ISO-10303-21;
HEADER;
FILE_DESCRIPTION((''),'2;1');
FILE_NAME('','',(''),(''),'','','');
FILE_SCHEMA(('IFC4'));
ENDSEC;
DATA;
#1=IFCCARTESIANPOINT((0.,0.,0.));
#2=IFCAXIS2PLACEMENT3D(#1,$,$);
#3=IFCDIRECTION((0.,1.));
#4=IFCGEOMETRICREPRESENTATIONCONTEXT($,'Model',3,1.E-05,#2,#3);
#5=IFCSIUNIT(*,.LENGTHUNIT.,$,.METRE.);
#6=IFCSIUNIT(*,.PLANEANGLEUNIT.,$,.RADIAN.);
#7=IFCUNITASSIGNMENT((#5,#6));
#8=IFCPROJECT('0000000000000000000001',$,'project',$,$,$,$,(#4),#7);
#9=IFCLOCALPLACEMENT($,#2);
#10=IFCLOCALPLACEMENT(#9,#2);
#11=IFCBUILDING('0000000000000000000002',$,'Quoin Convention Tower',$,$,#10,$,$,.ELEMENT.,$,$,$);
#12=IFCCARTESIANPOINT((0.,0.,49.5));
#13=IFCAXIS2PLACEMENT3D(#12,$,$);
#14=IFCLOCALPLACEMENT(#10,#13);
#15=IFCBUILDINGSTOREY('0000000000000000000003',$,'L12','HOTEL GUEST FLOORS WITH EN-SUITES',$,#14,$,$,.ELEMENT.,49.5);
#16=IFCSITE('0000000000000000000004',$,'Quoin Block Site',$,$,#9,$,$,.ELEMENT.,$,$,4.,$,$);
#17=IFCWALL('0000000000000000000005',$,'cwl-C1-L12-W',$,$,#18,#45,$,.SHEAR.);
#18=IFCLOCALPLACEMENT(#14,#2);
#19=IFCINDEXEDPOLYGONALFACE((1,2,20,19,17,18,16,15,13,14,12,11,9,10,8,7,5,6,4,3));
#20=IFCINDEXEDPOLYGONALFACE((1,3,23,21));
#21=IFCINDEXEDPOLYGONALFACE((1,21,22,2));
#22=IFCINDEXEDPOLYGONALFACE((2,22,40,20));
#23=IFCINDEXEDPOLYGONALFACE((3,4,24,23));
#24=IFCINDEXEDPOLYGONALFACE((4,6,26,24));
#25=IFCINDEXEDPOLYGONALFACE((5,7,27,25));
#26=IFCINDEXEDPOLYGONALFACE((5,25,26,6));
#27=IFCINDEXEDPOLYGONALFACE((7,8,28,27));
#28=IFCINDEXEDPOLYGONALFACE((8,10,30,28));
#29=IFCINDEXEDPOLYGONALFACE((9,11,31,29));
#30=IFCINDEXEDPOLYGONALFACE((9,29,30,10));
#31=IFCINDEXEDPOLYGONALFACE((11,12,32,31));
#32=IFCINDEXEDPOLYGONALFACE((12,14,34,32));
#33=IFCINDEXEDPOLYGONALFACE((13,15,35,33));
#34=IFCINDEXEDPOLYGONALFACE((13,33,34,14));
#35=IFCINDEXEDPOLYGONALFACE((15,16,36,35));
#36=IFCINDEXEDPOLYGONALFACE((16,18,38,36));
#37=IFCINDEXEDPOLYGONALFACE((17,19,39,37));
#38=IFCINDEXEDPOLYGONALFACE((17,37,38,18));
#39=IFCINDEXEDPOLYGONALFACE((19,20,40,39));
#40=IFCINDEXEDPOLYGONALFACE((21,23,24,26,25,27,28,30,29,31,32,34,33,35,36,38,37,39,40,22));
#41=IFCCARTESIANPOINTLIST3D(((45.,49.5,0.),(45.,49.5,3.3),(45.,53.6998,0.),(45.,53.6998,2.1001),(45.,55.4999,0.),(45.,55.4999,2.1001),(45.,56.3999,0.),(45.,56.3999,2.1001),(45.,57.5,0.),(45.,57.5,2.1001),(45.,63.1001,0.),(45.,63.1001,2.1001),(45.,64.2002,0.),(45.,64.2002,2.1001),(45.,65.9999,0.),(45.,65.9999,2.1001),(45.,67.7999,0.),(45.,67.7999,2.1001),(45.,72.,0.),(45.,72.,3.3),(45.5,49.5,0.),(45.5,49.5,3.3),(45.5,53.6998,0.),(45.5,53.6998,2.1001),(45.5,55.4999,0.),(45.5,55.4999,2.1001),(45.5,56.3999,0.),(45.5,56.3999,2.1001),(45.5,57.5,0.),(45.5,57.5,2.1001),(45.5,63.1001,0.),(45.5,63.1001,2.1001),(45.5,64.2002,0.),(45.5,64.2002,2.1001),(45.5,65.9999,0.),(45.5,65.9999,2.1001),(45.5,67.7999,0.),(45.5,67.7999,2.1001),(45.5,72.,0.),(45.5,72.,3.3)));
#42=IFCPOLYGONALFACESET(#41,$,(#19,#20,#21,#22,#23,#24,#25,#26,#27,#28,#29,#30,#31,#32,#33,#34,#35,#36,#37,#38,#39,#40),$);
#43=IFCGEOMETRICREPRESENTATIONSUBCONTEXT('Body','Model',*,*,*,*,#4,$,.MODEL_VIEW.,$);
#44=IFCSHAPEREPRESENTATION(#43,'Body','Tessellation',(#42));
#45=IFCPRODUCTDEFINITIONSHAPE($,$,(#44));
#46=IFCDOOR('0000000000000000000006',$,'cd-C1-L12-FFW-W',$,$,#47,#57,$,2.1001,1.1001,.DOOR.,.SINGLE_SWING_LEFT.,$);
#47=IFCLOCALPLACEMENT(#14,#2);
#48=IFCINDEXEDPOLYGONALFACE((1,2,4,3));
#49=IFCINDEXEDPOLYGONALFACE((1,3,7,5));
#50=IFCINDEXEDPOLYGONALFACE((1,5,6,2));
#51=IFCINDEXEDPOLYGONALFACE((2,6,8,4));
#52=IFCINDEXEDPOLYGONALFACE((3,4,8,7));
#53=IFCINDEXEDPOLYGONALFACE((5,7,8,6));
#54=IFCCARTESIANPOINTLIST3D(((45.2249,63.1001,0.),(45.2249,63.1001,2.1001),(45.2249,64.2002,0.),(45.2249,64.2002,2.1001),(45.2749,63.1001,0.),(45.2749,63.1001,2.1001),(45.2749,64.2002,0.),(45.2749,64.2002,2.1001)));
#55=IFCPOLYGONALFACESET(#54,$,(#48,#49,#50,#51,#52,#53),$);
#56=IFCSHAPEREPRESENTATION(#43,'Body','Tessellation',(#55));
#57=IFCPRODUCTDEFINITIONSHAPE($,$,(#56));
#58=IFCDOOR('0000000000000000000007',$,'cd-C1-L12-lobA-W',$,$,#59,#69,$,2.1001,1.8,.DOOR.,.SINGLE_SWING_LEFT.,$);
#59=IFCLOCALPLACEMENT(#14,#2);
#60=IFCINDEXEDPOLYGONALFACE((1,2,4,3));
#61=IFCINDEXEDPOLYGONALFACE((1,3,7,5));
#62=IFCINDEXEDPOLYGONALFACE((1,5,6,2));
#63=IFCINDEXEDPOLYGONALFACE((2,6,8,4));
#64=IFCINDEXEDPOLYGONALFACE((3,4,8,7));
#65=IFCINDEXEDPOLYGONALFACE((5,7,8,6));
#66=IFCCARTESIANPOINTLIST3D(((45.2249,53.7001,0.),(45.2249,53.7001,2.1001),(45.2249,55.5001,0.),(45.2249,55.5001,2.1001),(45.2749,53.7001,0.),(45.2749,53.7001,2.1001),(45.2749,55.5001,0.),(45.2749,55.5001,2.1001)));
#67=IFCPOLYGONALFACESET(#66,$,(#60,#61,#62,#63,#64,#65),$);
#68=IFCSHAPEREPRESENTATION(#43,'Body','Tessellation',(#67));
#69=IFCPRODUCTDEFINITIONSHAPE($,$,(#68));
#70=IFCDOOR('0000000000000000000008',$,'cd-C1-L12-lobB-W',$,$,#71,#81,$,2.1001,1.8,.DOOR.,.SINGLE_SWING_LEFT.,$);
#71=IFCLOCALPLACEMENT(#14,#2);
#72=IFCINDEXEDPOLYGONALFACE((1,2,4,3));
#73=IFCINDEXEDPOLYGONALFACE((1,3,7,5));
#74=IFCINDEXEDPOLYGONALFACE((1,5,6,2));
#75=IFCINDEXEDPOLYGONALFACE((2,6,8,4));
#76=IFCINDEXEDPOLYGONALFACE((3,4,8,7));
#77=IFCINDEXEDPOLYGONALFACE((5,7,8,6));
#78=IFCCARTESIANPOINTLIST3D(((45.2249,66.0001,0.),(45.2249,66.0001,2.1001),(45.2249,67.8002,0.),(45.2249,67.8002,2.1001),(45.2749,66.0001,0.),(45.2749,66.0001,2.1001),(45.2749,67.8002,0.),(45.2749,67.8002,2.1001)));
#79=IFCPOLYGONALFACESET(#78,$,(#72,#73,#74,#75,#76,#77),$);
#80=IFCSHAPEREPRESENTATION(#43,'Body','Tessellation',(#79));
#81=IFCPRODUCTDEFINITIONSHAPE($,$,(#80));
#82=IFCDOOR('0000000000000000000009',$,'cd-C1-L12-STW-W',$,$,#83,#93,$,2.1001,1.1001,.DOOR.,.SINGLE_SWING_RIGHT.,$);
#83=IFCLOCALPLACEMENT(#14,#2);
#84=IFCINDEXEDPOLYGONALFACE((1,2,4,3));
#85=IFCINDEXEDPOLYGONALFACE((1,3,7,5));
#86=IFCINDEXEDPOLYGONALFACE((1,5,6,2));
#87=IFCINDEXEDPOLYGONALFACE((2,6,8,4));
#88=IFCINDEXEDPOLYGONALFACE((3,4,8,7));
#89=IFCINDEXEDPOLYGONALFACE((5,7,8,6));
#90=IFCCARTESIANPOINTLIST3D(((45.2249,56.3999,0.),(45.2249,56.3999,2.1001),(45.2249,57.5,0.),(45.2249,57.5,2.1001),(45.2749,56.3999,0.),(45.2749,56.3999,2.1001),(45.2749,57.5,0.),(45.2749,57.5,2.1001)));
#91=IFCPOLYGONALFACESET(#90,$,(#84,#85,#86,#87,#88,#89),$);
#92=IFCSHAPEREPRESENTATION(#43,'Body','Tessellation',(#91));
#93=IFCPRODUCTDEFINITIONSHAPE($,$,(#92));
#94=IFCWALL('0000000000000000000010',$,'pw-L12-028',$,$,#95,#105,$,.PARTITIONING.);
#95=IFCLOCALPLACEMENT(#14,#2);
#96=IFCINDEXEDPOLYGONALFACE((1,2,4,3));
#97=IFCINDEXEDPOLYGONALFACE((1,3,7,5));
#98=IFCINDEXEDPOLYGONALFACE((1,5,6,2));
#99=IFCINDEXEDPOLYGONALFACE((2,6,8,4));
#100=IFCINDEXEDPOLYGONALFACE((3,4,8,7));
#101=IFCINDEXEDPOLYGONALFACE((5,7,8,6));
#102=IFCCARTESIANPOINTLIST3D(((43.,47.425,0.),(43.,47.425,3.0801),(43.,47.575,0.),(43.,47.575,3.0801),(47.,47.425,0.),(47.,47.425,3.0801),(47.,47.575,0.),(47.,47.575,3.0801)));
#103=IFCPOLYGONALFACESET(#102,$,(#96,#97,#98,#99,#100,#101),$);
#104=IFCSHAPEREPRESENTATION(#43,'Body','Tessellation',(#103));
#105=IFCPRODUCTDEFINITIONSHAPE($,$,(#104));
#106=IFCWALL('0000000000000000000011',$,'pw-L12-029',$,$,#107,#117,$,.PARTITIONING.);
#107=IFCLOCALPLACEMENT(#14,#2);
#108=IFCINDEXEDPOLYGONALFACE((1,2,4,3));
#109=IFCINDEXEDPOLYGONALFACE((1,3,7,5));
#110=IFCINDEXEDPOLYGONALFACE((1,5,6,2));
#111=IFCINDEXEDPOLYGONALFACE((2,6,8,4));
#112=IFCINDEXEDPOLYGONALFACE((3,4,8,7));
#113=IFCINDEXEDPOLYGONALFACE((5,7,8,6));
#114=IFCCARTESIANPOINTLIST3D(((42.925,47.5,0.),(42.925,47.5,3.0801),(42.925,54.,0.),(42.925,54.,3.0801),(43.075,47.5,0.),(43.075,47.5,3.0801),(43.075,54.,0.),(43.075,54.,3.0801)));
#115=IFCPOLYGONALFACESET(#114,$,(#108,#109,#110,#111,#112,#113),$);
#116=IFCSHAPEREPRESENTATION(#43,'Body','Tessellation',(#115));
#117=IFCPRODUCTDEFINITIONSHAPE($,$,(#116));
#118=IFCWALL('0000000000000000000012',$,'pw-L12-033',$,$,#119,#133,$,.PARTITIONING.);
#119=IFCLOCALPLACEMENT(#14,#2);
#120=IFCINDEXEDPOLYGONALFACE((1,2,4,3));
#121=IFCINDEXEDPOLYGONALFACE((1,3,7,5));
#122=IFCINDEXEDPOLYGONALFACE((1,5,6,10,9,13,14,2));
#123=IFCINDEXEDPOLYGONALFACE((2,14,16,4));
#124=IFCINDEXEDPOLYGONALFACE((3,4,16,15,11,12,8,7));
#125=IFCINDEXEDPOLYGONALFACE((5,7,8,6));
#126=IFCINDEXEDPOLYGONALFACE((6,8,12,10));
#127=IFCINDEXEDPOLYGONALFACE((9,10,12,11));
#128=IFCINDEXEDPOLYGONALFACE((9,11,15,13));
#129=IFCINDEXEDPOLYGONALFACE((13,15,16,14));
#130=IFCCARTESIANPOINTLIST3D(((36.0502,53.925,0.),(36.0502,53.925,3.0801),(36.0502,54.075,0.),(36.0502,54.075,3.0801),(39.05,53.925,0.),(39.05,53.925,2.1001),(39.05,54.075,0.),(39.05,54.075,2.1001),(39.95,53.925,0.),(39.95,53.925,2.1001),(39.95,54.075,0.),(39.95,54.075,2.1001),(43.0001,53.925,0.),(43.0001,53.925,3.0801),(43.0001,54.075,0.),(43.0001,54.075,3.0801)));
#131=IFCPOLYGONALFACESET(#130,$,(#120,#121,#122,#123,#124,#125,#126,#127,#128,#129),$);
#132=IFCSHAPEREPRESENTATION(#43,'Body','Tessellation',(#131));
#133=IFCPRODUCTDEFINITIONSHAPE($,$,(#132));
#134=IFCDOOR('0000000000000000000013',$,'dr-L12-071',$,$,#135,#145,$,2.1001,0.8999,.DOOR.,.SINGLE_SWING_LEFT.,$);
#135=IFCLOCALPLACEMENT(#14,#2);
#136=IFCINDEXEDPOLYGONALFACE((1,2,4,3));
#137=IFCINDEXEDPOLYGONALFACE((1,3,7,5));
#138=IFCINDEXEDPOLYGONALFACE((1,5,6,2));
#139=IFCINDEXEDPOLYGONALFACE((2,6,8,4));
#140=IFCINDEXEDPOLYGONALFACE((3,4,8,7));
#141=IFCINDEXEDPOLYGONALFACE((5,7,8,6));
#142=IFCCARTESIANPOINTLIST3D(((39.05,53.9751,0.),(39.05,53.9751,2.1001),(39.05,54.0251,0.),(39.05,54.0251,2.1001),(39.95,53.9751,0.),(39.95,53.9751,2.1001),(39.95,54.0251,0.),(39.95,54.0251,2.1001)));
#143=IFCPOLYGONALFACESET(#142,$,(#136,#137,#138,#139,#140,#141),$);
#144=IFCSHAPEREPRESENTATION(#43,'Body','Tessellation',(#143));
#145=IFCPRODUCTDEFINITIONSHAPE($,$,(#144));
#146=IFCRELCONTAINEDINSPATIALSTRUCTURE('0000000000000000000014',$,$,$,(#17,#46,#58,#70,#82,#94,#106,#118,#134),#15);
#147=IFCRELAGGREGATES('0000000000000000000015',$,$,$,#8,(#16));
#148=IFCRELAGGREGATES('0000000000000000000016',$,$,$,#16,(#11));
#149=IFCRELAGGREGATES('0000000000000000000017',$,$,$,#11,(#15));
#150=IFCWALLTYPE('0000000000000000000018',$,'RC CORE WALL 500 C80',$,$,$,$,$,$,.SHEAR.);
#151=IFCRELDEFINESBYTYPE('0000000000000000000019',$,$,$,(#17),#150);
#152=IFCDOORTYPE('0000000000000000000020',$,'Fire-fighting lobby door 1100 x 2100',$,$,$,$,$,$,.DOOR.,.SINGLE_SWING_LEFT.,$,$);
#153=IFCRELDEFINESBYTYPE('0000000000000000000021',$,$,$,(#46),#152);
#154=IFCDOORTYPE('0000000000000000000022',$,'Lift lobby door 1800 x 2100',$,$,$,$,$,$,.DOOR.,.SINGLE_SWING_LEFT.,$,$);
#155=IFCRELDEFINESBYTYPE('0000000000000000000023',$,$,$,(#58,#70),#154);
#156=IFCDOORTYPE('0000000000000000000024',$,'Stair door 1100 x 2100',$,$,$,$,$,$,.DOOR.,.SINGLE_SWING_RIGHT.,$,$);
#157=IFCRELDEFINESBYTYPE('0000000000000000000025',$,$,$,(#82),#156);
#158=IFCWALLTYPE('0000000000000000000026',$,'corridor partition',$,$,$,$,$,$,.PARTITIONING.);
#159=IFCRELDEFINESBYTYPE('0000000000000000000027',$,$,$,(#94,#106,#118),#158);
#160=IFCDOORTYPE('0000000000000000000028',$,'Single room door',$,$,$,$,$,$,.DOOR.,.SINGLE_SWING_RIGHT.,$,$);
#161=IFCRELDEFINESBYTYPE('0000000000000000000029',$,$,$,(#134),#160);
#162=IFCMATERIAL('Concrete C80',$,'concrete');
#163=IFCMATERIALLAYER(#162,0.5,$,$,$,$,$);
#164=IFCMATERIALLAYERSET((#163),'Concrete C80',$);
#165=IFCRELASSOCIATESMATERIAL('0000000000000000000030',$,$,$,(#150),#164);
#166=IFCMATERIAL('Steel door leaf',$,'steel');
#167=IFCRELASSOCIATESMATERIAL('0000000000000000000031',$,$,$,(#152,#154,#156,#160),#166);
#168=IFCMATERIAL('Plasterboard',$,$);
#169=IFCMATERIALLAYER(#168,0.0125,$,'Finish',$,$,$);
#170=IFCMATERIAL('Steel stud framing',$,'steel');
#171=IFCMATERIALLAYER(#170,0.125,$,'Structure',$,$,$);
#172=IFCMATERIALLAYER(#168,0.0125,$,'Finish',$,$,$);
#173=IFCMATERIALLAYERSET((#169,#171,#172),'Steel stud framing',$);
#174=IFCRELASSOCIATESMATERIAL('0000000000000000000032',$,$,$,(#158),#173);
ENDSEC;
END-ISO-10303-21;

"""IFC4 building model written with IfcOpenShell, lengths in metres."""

from ifc_helpers import new_model, si_unit, direction, frame, frame_2d, origin, place, context, subcontext, project, spatial, rectangle, extrude, material, layer, layer_set, type_object, element, fill, save


model = new_model("IFC4")

# Units and contexts
model_context = context("Model", 3, precision=1e-05, world=origin(), true_north=direction((0.0, 1.0)))
body_context = subcontext(model_context, "Body", "Model", "MODEL_VIEW")
ifc_project = project(units=[si_unit("LENGTHUNIT", "METRE"), si_unit("PLANEANGLEUNIT", "RADIAN")], contexts=[model_context])

# Site, building, storey
site_placement = place(None, origin())
site = spatial("IfcSite", under=ifc_project, at=site_placement, Name="Quoin Block Site", CompositionType="ELEMENT", RefElevation=4.0)
building_placement = place(site_placement, origin())
building = spatial("IfcBuilding", under=site, at=building_placement, Name="Quoin Convention Tower", CompositionType="ELEMENT")
storey_placement = place(building_placement, frame((0.0, 0.0, 49.5)))
storey = spatial("IfcBuildingStorey", under=building, at=storey_placement, Name="L12", Description="HOTEL GUEST FLOORS WITH EN-SUITES", CompositionType="ELEMENT", Elevation=49.5)

# Shared definitions
ifc_material_1 = material(Name="Concrete C80", Category="concrete")

# Shared definitions
ifc_material_2 = material(Name="Plasterboard")
ifc_material_3 = material(Name="Steel stud framing", Category="steel")
ifc_material_4 = material(Name="Steel door leaf", Category="steel")

# Shared definitions
ifc_layer_1 = layer(ifc_material_1, 0.5)
ifc_layer_set_1 = layer_set([ifc_layer_1], Name="Concrete C80")
wall_type_1 = type_object("IfcWallType", Name="RC CORE WALL 500 C80", PredefinedType="SHEAR", material=ifc_layer_set_1)

# Wall, openings, doors
wall_1_placement = place(storey_placement, frame((45.25, 49.5, 0.0), z_axis=(0.0, 0.0, 1.0), x_axis=(0.0, 1.0, 0.0)))
wall_1 = element("IfcWall", 1, at=wall_1_placement, inside=storey, type_object=wall_type_1, Name="cwl-C1-L12-W", PredefinedType="SHEAR", context=body_context, shape_type="SweptSolid", body=[
    extrude(rectangle(XDim=22.5, YDim=0.5, at=frame_2d((11.25, 0.0))), origin(), (0.0, 0.0, 1.0), 3.3),
])
opening_1_placement = place(wall_1_placement, frame((4.2, 0.0, 0.0)))
opening_1 = element("IfcOpeningElement", 2, at=opening_1_placement, cuts=wall_1, PredefinedType="OPENING", context=body_context, shape_type="SweptSolid", body=[
    extrude(rectangle(XDim=1.8, YDim=2.1001, at=frame_2d((0.8999, 1.05))), frame((0.0, 0.26, 0.0), z_axis=(0.0, -1.0, 0.0), x_axis=(1.0, 0.0, 0.0)), (0.0, 0.0, 1.0), 0.52),
])
opening_2_placement = place(wall_1_placement, frame((6.8999, 0.0, 0.0)))
opening_2 = element("IfcOpeningElement", 3, at=opening_2_placement, cuts=wall_1, PredefinedType="OPENING", context=body_context, shape_type="SweptSolid", body=[
    extrude(rectangle(XDim=1.1001, YDim=2.1001, at=frame_2d((0.55, 1.05))), frame((0.0, 0.26, 0.0), z_axis=(0.0, -1.0, 0.0), x_axis=(1.0, 0.0, 0.0)), (0.0, 0.0, 1.0), 0.52),
])
opening_3_placement = place(wall_1_placement, frame((13.6001, 0.0, 0.0)))
opening_3 = element("IfcOpeningElement", 4, at=opening_3_placement, cuts=wall_1, PredefinedType="OPENING", context=body_context, shape_type="SweptSolid", body=[
    extrude(rectangle(XDim=1.1001, YDim=2.1001, at=frame_2d((0.55, 1.05))), frame((0.0, 0.26, 0.0), z_axis=(0.0, -1.0, 0.0), x_axis=(1.0, 0.0, 0.0)), (0.0, 0.0, 1.0), 0.52),
])
opening_4_placement = place(wall_1_placement, frame((16.5, 0.0, 0.0)))
opening_4 = element("IfcOpeningElement", 5, at=opening_4_placement, cuts=wall_1, PredefinedType="OPENING", context=body_context, shape_type="SweptSolid", body=[
    extrude(rectangle(XDim=1.8, YDim=2.1001, at=frame_2d((0.8999, 1.05))), frame((0.0, 0.26, 0.0), z_axis=(0.0, -1.0, 0.0), x_axis=(1.0, 0.0, 0.0)), (0.0, 0.0, 1.0), 0.52),
])
door_type_1 = type_object("IfcDoorType", Name="Fire-fighting lobby door 1100 x 2100", OperationType="SINGLE_SWING_LEFT", PredefinedType="DOOR", material=ifc_material_4)
door_1_placement = place(opening_3_placement, frame((1.1001, 0.0, 0.0), z_axis=(0.0, 0.0, 1.0), x_axis=(-1.0, 0.0, 0.0)))
door_1 = element("IfcDoor", 6, at=door_1_placement, inside=storey, type_object=door_type_1, Name="cd-C1-L12-FFW-W", OperationType="SINGLE_SWING_LEFT", OverallHeight=2.1001, OverallWidth=1.1001, PredefinedType="DOOR", context=body_context, shape_type="SweptSolid", body=[
    extrude(rectangle(XDim=1.1001, YDim=2.1001, at=frame_2d((0.55, 1.05))), frame((0.0, 0.0249, 0.0), z_axis=(0.0, -1.0, 0.0), x_axis=(1.0, 0.0, 0.0)), (0.0, 0.0, 1.0), 0.05),
])
fill(opening_3, door_1)
door_type_2 = type_object("IfcDoorType", Name="Lift lobby door 1800 x 2100", OperationType="SINGLE_SWING_LEFT", PredefinedType="DOOR", material=ifc_material_4)
door_2_placement = place(opening_1_placement, frame((1.8, 0.0, 0.0), z_axis=(0.0, 0.0, 1.0), x_axis=(-1.0, 0.0, 0.0)))
door_2 = element("IfcDoor", 7, at=door_2_placement, inside=storey, type_object=door_type_2, Name="cd-C1-L12-lobA-W", OperationType="SINGLE_SWING_LEFT", OverallHeight=2.1001, OverallWidth=1.8, PredefinedType="DOOR", context=body_context, shape_type="SweptSolid", body=[
    extrude(rectangle(XDim=1.8, YDim=2.1001, at=frame_2d((0.8999, 1.05))), frame((0.0, 0.0249, 0.0), z_axis=(0.0, -1.0, 0.0), x_axis=(1.0, 0.0, 0.0)), (0.0, 0.0, 1.0), 0.05),
])
fill(opening_1, door_2)
door_3_placement = place(opening_4_placement, frame((1.8, 0.0, 0.0), z_axis=(0.0, 0.0, 1.0), x_axis=(-1.0, 0.0, 0.0)))
door_3 = element("IfcDoor", 8, at=door_3_placement, inside=storey, type_object=door_type_2, Name="cd-C1-L12-lobB-W", OperationType="SINGLE_SWING_LEFT", OverallHeight=2.1001, OverallWidth=1.8, PredefinedType="DOOR", context=body_context, shape_type="SweptSolid", body=[
    extrude(rectangle(XDim=1.8, YDim=2.1001, at=frame_2d((0.8999, 1.05))), frame((0.0, 0.0249, 0.0), z_axis=(0.0, -1.0, 0.0), x_axis=(1.0, 0.0, 0.0)), (0.0, 0.0, 1.0), 0.05),
])
fill(opening_4, door_3)
door_type_3 = type_object("IfcDoorType", Name="Stair door 1100 x 2100", OperationType="SINGLE_SWING_RIGHT", PredefinedType="DOOR", material=ifc_material_4)
door_4_placement = place(opening_2_placement, frame((1.1001, 0.0, 0.0), z_axis=(0.0, 0.0, 1.0), x_axis=(-1.0, 0.0, 0.0)))
door_4 = element("IfcDoor", 9, at=door_4_placement, inside=storey, type_object=door_type_3, Name="cd-C1-L12-STW-W", OperationType="SINGLE_SWING_RIGHT", OverallHeight=2.1001, OverallWidth=1.1001, PredefinedType="DOOR", context=body_context, shape_type="SweptSolid", body=[
    extrude(rectangle(XDim=1.1001, YDim=2.1001, at=frame_2d((0.55, 1.05))), frame((0.0, 0.0249, 0.0), z_axis=(0.0, -1.0, 0.0), x_axis=(1.0, 0.0, 0.0)), (0.0, 0.0, 1.0), 0.05),
])
fill(opening_2, door_4)

# Walls
ifc_layer_2 = layer(ifc_material_2, 0.0125, Name="Finish")
ifc_layer_3 = layer(ifc_material_3, 0.125, Name="Structure")
ifc_layer_4 = layer(ifc_material_2, 0.0125, Name="Finish")
ifc_layer_set_2 = layer_set([ifc_layer_2, ifc_layer_3, ifc_layer_4], Name="Steel stud framing")
wall_type_2 = type_object("IfcWallType", Name="corridor partition", PredefinedType="PARTITIONING", material=ifc_layer_set_2)
wall_2_placement = place(storey_placement, frame((43.0, 47.5, 0.0), z_axis=(0.0, 0.0, 1.0), x_axis=(1.0, 0.0, 0.0)))
element("IfcWall", 10, at=wall_2_placement, inside=storey, type_object=wall_type_2, Name="pw-L12-028", PredefinedType="PARTITIONING", context=body_context, shape_type="SweptSolid", body=[
    extrude(rectangle(XDim=4.0, YDim=0.1499, at=frame_2d((2.0, 0.0))), origin(), (0.0, 0.0, 1.0), 3.0801),
])
wall_3_placement = place(storey_placement, frame((43.0, 47.5, 0.0), z_axis=(0.0, 0.0, 1.0), x_axis=(0.0, 1.0, 0.0)))
element("IfcWall", 11, at=wall_3_placement, inside=storey, type_object=wall_type_2, Name="pw-L12-029", PredefinedType="PARTITIONING", context=body_context, shape_type="SweptSolid", body=[
    extrude(rectangle(XDim=6.5, YDim=0.1499, at=frame_2d((3.25, 0.0))), origin(), (0.0, 0.0, 1.0), 3.0801),
])

# Wall, opening, door
wall_4_placement = place(storey_placement, frame((36.05, 54.0, 0.0), z_axis=(0.0, 0.0, 1.0), x_axis=(1.0, 0.0, 0.0)))
wall_4 = element("IfcWall", 12, at=wall_4_placement, inside=storey, type_object=wall_type_2, Name="pw-L12-033", PredefinedType="PARTITIONING", context=body_context, shape_type="SweptSolid", body=[
    extrude(rectangle(XDim=6.95, YDim=0.1499, at=frame_2d((3.4751, 0.0))), origin(), (0.0, 0.0, 1.0), 3.0801),
])
opening_5_placement = place(wall_4_placement, frame((3.0, 0.0, 0.0)))
opening_5 = element("IfcOpeningElement", 13, at=opening_5_placement, cuts=wall_4, PredefinedType="OPENING", context=body_context, shape_type="SweptSolid", body=[
    extrude(rectangle(XDim=0.8999, YDim=2.1001, at=frame_2d((0.45, 1.05))), frame((0.0, 0.085, 0.0), z_axis=(0.0, -1.0, 0.0), x_axis=(1.0, 0.0, 0.0)), (0.0, 0.0, 1.0), 0.1699),
])
door_type_4 = type_object("IfcDoorType", Name="Single room door", OperationType="SINGLE_SWING_RIGHT", PredefinedType="DOOR", material=ifc_material_4)
door_5_placement = place(opening_5_placement, frame((0.8999, 0.0, 0.0), z_axis=(0.0, 0.0, 1.0), x_axis=(-1.0, 0.0, 0.0)))
door_5 = element("IfcDoor", 14, at=door_5_placement, inside=storey, type_object=door_type_4, Name="dr-L12-071", OperationType="SINGLE_SWING_LEFT", OverallHeight=2.1001, OverallWidth=0.8999, PredefinedType="DOOR", context=body_context, shape_type="SweptSolid", body=[
    extrude(rectangle(XDim=0.8999, YDim=2.1001, at=frame_2d((0.45, 1.05))), frame((0.0, 0.0249, 0.0), z_axis=(0.0, -1.0, 0.0), x_axis=(1.0, 0.0, 0.0)), (0.0, 0.0, 1.0), 0.05),
])
fill(opening_5, door_5)

save(model, "model.ifc")
